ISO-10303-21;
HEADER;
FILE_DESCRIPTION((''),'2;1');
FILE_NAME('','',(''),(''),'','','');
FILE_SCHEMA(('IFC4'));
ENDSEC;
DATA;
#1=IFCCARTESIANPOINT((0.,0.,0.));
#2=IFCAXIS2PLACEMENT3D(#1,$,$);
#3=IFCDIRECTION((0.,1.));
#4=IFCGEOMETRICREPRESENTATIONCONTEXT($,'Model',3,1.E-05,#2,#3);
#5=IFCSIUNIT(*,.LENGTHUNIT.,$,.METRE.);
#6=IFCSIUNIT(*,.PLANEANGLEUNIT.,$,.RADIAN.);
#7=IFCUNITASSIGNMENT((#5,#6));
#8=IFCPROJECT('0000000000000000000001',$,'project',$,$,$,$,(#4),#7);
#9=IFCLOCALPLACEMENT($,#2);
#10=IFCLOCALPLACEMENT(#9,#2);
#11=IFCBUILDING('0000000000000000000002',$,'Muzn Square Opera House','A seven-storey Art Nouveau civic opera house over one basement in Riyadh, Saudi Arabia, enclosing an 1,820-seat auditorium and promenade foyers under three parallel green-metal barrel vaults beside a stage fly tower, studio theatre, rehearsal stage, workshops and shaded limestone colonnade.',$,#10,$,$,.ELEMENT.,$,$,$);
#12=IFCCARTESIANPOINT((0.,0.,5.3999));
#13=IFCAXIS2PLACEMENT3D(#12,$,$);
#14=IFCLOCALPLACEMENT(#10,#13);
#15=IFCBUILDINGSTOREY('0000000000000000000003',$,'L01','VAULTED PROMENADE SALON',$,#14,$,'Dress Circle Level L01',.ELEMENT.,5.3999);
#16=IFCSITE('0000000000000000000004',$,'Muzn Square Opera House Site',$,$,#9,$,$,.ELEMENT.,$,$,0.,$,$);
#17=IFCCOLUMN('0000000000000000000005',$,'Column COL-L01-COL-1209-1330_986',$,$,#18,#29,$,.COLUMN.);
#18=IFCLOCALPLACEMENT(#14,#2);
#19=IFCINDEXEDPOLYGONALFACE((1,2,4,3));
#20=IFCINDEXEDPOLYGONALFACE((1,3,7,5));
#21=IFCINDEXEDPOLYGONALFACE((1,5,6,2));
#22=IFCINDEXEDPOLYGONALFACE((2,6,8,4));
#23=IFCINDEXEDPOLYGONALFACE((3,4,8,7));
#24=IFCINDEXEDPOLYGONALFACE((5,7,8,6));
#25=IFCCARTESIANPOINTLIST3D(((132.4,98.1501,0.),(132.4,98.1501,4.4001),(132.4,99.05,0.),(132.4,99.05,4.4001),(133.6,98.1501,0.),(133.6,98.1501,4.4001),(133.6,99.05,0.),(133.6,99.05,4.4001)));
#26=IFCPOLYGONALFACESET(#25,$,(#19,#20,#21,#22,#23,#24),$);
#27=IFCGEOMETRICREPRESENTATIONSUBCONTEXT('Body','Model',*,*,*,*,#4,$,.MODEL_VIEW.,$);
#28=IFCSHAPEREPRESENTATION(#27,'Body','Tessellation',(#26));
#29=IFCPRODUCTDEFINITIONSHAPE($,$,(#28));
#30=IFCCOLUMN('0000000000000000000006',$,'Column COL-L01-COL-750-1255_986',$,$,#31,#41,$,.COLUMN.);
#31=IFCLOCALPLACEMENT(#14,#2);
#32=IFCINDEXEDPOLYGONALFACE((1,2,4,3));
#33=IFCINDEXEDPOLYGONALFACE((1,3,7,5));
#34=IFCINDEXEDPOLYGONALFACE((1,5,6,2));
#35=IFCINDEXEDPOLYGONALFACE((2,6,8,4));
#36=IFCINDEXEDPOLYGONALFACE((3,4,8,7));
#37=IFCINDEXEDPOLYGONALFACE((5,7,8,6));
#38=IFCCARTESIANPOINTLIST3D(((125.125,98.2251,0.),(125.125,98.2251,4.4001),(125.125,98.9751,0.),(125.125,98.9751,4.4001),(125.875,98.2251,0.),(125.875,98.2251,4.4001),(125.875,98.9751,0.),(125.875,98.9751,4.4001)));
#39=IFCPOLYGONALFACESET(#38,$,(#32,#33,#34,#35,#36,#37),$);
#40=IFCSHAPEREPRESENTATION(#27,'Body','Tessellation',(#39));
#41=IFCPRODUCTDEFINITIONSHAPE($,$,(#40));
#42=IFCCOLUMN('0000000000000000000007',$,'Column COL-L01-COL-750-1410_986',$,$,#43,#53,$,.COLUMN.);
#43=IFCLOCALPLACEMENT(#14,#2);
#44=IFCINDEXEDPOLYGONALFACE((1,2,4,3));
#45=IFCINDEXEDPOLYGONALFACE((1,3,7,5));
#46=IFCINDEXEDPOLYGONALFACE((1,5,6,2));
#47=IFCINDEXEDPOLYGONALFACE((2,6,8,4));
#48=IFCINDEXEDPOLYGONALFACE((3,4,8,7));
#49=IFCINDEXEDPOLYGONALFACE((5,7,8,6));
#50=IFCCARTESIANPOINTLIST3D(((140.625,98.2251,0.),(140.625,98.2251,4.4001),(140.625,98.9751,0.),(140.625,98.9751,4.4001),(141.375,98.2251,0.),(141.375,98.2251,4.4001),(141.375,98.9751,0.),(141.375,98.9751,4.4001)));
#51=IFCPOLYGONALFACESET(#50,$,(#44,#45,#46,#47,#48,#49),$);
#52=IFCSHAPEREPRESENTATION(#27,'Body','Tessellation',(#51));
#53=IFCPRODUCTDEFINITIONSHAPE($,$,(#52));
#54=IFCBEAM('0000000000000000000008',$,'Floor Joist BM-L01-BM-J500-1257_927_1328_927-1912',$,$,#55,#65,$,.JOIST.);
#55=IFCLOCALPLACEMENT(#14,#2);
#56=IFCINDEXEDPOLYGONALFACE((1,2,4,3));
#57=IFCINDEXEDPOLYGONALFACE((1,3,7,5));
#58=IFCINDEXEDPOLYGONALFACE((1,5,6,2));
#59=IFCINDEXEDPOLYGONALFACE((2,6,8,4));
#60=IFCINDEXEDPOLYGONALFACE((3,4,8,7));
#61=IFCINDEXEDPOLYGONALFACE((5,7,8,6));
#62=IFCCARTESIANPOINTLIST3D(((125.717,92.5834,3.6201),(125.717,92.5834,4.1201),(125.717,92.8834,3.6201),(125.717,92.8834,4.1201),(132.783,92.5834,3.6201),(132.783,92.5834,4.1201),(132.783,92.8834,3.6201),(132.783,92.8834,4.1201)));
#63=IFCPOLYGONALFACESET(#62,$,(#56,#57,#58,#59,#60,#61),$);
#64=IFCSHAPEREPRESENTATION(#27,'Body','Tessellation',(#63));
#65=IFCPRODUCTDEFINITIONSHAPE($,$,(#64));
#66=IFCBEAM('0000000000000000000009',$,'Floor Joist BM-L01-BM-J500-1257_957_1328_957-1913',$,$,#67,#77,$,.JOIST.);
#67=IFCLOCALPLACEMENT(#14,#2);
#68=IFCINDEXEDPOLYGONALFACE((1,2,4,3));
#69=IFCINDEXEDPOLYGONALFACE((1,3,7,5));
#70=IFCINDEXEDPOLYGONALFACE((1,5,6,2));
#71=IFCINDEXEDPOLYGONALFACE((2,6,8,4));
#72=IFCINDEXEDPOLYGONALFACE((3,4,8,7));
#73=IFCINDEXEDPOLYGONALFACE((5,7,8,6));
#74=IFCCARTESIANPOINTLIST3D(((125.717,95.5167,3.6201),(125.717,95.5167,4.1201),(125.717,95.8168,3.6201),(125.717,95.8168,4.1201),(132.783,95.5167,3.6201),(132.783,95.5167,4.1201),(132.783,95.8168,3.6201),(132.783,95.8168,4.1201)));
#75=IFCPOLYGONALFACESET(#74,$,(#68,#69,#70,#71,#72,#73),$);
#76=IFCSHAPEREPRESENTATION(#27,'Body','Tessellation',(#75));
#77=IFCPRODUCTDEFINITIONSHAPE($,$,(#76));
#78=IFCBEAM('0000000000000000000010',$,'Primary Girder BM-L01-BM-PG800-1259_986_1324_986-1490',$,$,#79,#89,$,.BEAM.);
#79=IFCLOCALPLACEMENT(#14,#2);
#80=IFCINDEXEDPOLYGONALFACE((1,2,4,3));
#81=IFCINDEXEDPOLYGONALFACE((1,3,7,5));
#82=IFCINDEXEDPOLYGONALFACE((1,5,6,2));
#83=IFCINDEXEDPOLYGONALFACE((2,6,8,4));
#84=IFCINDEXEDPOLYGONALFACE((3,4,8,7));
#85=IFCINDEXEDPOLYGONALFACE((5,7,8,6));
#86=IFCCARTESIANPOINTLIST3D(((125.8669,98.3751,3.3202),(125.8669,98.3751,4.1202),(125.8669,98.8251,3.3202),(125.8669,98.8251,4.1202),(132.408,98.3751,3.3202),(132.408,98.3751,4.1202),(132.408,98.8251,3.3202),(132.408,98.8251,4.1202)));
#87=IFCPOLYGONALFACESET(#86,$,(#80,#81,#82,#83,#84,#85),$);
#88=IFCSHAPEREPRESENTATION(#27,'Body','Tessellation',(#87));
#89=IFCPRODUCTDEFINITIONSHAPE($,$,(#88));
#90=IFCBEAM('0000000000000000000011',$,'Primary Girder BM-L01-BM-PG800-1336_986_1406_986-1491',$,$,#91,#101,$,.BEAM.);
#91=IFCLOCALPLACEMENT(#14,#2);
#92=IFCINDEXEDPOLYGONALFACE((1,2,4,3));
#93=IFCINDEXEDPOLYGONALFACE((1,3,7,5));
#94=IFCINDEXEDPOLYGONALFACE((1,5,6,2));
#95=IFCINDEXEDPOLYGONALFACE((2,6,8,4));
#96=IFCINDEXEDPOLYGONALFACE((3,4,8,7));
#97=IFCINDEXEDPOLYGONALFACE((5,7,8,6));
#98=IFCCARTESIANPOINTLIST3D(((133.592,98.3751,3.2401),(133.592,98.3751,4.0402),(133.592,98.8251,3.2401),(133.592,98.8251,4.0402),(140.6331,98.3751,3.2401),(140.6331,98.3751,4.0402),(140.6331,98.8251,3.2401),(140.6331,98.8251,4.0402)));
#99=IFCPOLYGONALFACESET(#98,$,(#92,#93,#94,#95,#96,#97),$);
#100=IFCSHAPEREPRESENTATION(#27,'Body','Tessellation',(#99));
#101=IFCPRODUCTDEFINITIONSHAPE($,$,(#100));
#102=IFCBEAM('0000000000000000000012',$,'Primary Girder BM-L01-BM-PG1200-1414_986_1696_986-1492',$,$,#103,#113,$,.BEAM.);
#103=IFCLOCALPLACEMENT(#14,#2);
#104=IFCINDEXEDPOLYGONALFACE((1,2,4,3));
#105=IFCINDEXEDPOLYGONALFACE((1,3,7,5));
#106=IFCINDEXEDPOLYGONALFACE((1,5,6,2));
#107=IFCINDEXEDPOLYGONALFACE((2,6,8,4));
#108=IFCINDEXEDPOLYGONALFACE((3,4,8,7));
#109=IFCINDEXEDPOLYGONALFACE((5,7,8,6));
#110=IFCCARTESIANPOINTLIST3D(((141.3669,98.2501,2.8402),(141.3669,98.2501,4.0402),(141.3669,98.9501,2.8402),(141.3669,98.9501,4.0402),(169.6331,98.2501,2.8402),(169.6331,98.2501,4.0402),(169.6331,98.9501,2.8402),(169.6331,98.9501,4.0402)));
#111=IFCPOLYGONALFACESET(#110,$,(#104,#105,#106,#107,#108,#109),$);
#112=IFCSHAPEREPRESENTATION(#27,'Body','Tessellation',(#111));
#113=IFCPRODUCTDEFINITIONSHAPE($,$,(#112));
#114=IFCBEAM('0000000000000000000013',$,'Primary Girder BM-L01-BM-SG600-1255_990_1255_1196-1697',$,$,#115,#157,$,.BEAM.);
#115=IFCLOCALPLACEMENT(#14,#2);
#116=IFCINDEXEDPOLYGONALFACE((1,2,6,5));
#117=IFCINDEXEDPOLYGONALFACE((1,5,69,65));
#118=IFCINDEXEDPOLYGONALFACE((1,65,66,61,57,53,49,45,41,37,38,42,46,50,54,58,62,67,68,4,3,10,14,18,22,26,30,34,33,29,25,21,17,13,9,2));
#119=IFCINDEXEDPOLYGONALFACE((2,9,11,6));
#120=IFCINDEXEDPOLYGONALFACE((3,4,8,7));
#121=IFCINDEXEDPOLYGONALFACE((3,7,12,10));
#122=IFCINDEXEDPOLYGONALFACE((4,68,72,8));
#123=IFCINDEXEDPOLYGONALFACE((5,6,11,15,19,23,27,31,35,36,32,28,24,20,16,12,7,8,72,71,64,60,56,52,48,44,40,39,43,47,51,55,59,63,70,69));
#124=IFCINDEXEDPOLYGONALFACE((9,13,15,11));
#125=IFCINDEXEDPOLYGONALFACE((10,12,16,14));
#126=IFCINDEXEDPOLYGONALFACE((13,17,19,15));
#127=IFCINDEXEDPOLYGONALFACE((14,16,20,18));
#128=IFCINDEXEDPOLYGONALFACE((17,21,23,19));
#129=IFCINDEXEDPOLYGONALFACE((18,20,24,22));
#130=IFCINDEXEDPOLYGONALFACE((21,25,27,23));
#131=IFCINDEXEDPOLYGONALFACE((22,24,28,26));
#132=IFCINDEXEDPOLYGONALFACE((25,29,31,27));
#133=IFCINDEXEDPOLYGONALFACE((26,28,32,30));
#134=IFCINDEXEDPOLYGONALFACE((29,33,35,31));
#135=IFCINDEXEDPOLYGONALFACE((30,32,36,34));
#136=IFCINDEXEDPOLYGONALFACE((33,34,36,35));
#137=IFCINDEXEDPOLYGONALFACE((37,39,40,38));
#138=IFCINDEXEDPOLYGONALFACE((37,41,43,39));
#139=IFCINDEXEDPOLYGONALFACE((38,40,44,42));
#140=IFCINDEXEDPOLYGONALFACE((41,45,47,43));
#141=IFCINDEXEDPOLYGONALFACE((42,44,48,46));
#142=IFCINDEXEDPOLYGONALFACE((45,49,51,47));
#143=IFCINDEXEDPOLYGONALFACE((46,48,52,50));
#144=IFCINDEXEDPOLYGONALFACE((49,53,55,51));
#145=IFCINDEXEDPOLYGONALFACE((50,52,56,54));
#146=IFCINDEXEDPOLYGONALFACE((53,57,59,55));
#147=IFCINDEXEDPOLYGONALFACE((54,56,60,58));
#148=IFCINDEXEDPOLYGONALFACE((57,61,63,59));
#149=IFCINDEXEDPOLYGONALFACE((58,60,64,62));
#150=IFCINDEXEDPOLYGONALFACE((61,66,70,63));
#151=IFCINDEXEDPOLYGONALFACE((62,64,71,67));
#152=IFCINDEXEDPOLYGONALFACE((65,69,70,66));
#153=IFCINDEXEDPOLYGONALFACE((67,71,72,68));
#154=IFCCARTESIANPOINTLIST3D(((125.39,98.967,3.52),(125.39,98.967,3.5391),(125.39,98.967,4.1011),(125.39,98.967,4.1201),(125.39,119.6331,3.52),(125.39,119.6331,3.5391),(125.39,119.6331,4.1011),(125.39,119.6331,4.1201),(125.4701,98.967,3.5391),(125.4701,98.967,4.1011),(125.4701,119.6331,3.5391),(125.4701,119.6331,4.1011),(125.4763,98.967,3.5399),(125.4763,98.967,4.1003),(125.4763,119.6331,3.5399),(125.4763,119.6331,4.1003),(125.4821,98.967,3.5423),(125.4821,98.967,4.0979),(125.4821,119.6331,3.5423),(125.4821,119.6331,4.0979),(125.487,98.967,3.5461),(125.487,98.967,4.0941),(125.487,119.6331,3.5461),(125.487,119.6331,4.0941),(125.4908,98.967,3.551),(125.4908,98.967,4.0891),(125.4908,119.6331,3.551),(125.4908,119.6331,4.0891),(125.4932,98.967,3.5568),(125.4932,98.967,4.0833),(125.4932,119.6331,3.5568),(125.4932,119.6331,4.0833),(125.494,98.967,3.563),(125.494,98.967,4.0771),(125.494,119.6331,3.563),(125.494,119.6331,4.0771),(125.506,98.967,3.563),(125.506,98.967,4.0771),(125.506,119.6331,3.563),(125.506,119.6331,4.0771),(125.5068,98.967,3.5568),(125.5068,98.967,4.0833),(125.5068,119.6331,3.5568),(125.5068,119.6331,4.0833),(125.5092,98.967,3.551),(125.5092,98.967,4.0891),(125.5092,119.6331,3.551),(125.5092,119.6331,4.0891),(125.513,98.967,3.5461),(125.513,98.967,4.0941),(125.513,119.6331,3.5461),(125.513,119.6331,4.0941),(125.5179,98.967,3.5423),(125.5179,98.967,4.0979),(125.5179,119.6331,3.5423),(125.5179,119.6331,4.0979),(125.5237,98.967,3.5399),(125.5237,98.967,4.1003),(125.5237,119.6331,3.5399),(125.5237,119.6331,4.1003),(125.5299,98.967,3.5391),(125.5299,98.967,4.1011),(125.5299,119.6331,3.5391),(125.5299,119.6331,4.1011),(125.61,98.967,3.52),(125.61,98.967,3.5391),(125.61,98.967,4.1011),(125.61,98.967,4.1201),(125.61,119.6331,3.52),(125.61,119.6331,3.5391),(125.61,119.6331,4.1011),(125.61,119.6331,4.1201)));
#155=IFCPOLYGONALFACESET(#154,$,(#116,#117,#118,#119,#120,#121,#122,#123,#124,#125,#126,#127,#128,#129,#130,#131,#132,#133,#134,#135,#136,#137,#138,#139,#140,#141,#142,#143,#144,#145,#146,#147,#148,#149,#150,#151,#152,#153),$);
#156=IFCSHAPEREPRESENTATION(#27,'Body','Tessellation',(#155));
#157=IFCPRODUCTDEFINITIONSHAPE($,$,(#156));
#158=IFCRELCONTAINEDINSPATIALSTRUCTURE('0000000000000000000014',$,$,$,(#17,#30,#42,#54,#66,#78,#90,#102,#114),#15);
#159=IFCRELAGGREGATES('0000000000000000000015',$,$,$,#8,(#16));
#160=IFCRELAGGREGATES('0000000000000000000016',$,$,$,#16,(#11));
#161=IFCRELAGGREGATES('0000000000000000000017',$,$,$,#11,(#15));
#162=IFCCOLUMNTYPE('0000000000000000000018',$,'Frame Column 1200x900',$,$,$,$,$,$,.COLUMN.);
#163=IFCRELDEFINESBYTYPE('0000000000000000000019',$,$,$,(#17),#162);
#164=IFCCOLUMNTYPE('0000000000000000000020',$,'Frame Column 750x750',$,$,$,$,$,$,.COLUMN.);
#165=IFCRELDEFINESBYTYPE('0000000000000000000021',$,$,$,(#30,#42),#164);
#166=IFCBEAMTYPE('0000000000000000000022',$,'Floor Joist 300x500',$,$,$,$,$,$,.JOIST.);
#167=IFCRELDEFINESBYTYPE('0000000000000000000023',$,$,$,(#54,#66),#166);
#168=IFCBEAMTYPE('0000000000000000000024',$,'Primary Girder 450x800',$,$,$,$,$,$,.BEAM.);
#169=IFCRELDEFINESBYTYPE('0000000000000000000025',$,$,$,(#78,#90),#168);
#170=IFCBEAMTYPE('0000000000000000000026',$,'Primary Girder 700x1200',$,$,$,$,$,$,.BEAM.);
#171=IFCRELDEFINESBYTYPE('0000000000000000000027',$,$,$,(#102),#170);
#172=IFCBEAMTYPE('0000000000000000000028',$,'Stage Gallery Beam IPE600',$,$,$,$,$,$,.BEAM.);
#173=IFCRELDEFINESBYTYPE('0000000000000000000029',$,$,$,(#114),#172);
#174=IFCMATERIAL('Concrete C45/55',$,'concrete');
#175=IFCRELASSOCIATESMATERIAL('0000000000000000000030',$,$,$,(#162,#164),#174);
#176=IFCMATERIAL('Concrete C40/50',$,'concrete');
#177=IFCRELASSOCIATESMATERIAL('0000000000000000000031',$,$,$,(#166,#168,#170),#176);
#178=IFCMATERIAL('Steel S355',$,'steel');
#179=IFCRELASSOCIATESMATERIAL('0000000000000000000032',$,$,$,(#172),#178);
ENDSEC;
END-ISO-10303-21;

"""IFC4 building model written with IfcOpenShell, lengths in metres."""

from ifc_helpers import new_model, si_unit, direction, frame, origin, origin_2d, place, context, subcontext, project, spatial, rectangle, i_section, extrude, material, material_profile, profile_set, type_object, element, save


model = new_model("IFC4")

# Units and contexts
model_context = context("Model", 3, precision=1e-05, world=origin(), true_north=direction((0.0, 1.0)))
body_context = subcontext(model_context, "Body", "Model", "MODEL_VIEW")
ifc_project = project(units=[si_unit("LENGTHUNIT", "METRE"), si_unit("PLANEANGLEUNIT", "RADIAN")], contexts=[model_context])

# Site, building, storey
site_placement = place(None, origin())
site = spatial("IfcSite", under=ifc_project, at=site_placement, Name="Muzn Square Opera House Site", CompositionType="ELEMENT", RefElevation=0.0)
building_placement = place(site_placement, origin())
building = spatial("IfcBuilding", under=site, at=building_placement, Name="Muzn Square Opera House", Description="A seven-storey Art Nouveau civic opera house over one basement in Riyadh, Saudi Arabia, enclosing an 1,820-seat auditorium and promenade foyers under three parallel green-metal barrel vaults beside a stage fly tower, studio theatre, rehearsal stage, workshops and shaded limestone colonnade.", CompositionType="ELEMENT")
storey_placement = place(building_placement, frame((0.0, 0.0, 5.3999)))
storey = spatial("IfcBuildingStorey", under=building, at=storey_placement, Name="L01", Description="VAULTED PROMENADE SALON", LongName="Dress Circle Level L01", CompositionType="ELEMENT", Elevation=5.3999)

# Columns
ifc_material_1 = material(Name="Concrete C45/55", Category="concrete")
ifc_material_profile_1 = material_profile(ifc_material_1, rectangle(XDim=1.2, YDim=0.8999, at=origin_2d()), Name="RC 1200x900", Category="concrete")
ifc_profile_set_1 = profile_set([ifc_material_profile_1], Name="Concrete C45/55")
column_type_1 = type_object("IfcColumnType", Name="Frame Column 1200x900", PredefinedType="COLUMN", material=ifc_profile_set_1)
column_placement = place(storey_placement, frame((133.0, 98.6001, 0.0), z_axis=(0.0, 0.0, 1.0), x_axis=(1.0, 0.0, 0.0)))
element("IfcColumn", 1, at=column_placement, inside=storey, type_object=column_type_1, Name="Column COL-L01-COL-1209-1330_986", PredefinedType="COLUMN", context=body_context, shape_type="SweptSolid", body=[
    extrude(rectangle(XDim=1.2, YDim=0.8999, at=origin_2d()), origin(), (0.0, 0.0, 1.0), 4.4001),
])
ifc_material_profile_2 = material_profile(ifc_material_1, rectangle(XDim=0.75, YDim=0.75, at=origin_2d()), Name="RC 750x750", Category="concrete")
ifc_profile_set_2 = profile_set([ifc_material_profile_2], Name="Concrete C45/55")
column_type_2 = type_object("IfcColumnType", Name="Frame Column 750x750", PredefinedType="COLUMN", material=ifc_profile_set_2)
for number, where, z_axis, x_axis, name in (
    (2, (125.5, 98.6001, 0.0), (0.0, 0.0, 1.0), (1.0, 0.0, 0.0), "Column COL-L01-COL-750-1255_986"),
    (3, (141.0, 98.6001, 0.0), (0.0, 0.0, 1.0), (1.0, 0.0, 0.0), "Column COL-L01-COL-750-1410_986"),
):
    element("IfcColumn", number, at=place(storey_placement, frame(where, z_axis=z_axis, x_axis=x_axis)), inside=storey, type_object=column_type_2, Name=name, PredefinedType="COLUMN", context=body_context, shape_type="SweptSolid", body=[
        extrude(rectangle(XDim=0.75, YDim=0.75, at=origin_2d()), origin(), (0.0, 0.0, 1.0), 4.4001),
    ])

# Beams
ifc_material_2 = material(Name="Concrete C40/50", Category="concrete")
ifc_material_profile_3 = material_profile(ifc_material_2, rectangle(XDim=0.3, YDim=0.5, at=origin_2d()), Name="RCJ 300x500", Category="concrete")
ifc_profile_set_3 = profile_set([ifc_material_profile_3], Name="Concrete C40/50")
beam_type_1 = type_object("IfcBeamType", Name="Floor Joist 300x500", PredefinedType="JOIST", material=ifc_profile_set_3)
for number, where, z_axis, x_axis, name in (
    (4, (125.717, 92.7334, 3.8701), (1.0, 0.0, 0.0), (0.0, 1.0, 0.0), "Floor Joist BM-L01-BM-J500-1257_927_1328_927-1912"),
    (5, (125.717, 95.6667, 3.8701), (1.0, 0.0, 0.0), (0.0, 1.0, 0.0), "Floor Joist BM-L01-BM-J500-1257_957_1328_957-1913"),
):
    element("IfcBeam", number, at=place(storey_placement, frame(where, z_axis=z_axis, x_axis=x_axis)), inside=storey, type_object=beam_type_1, Name=name, PredefinedType="JOIST", context=body_context, shape_type="SweptSolid", body=[
        extrude(rectangle(XDim=0.3, YDim=0.5, at=origin_2d()), origin(), (0.0, 0.0, 1.0), 7.0659),
    ])
ifc_material_profile_4 = material_profile(ifc_material_2, rectangle(XDim=0.45, YDim=0.8, at=origin_2d()), Name="RCB 450x800", Category="concrete")
ifc_profile_set_4 = profile_set([ifc_material_profile_4], Name="Concrete C40/50")
beam_type_2 = type_object("IfcBeamType", Name="Primary Girder 450x800", PredefinedType="BEAM", material=ifc_profile_set_4)
beam_1_placement = place(storey_placement, frame((125.8669, 98.6001, 3.7202), z_axis=(1.0, 0.0, 0.0), x_axis=(0.0, 1.0, 0.0)))
element("IfcBeam", 6, at=beam_1_placement, inside=storey, type_object=beam_type_2, Name="Primary Girder BM-L01-BM-PG800-1259_986_1324_986-1490", PredefinedType="BEAM", context=body_context, shape_type="SweptSolid", body=[
    extrude(rectangle(XDim=0.45, YDim=0.8, at=origin_2d()), origin(), (0.0, 0.0, 1.0), 6.541),
])
beam_2_placement = place(storey_placement, frame((133.592, 98.6001, 3.6401), z_axis=(1.0, 0.0, 0.0), x_axis=(0.0, 1.0, 0.0)))
element("IfcBeam", 7, at=beam_2_placement, inside=storey, type_object=beam_type_2, Name="Primary Girder BM-L01-BM-PG800-1336_986_1406_986-1491", PredefinedType="BEAM", context=body_context, shape_type="SweptSolid", body=[
    extrude(rectangle(XDim=0.45, YDim=0.8, at=origin_2d()), origin(), (0.0, 0.0, 1.0), 7.041),
])
ifc_material_profile_5 = material_profile(ifc_material_2, rectangle(XDim=0.7, YDim=1.2, at=origin_2d()), Name="RCB 700x1200", Category="concrete")
ifc_profile_set_5 = profile_set([ifc_material_profile_5], Name="Concrete C40/50")
beam_type_3 = type_object("IfcBeamType", Name="Primary Girder 700x1200", PredefinedType="BEAM", material=ifc_profile_set_5)
beam_3_placement = place(storey_placement, frame((141.3669, 98.6001, 3.4402), z_axis=(1.0, 0.0, 0.0), x_axis=(0.0, 1.0, 0.0)))
element("IfcBeam", 8, at=beam_3_placement, inside=storey, type_object=beam_type_3, Name="Primary Girder BM-L01-BM-PG1200-1414_986_1696_986-1492", PredefinedType="BEAM", context=body_context, shape_type="SweptSolid", body=[
    extrude(rectangle(XDim=0.7, YDim=1.2, at=origin_2d()), origin(), (0.0, 0.0, 1.0), 28.2661),
])
ifc_material_3 = material(Name="Steel S355", Category="steel")
ifc_material_profile_6 = material_profile(ifc_material_3, i_section(OverallWidth=0.22, OverallDepth=0.6001, WebThickness=0.012, FlangeThickness=0.019, FilletRadius=0.0239, at=origin_2d()), Name="IPE 600", Category="steel")
ifc_profile_set_6 = profile_set([ifc_material_profile_6], Name="Steel S355")
beam_type_4 = type_object("IfcBeamType", Name="Stage Gallery Beam IPE600", PredefinedType="BEAM", material=ifc_profile_set_6)
beam_4_placement = place(storey_placement, frame((125.5, 98.967, 3.8201), z_axis=(0.0, 1.0, 0.0), x_axis=(-1.0, 0.0, 0.0)))
element("IfcBeam", 9, at=beam_4_placement, inside=storey, type_object=beam_type_4, Name="Primary Girder BM-L01-BM-SG600-1255_990_1255_1196-1697", PredefinedType="BEAM", context=body_context, shape_type="SweptSolid", body=[
    extrude(i_section(OverallWidth=0.22, OverallDepth=0.6001, WebThickness=0.012, FlangeThickness=0.019, FilletRadius=0.0239, at=origin_2d()), origin(), (0.0, 0.0, 1.0), 20.666),
])

save(model, "model.ifc")
